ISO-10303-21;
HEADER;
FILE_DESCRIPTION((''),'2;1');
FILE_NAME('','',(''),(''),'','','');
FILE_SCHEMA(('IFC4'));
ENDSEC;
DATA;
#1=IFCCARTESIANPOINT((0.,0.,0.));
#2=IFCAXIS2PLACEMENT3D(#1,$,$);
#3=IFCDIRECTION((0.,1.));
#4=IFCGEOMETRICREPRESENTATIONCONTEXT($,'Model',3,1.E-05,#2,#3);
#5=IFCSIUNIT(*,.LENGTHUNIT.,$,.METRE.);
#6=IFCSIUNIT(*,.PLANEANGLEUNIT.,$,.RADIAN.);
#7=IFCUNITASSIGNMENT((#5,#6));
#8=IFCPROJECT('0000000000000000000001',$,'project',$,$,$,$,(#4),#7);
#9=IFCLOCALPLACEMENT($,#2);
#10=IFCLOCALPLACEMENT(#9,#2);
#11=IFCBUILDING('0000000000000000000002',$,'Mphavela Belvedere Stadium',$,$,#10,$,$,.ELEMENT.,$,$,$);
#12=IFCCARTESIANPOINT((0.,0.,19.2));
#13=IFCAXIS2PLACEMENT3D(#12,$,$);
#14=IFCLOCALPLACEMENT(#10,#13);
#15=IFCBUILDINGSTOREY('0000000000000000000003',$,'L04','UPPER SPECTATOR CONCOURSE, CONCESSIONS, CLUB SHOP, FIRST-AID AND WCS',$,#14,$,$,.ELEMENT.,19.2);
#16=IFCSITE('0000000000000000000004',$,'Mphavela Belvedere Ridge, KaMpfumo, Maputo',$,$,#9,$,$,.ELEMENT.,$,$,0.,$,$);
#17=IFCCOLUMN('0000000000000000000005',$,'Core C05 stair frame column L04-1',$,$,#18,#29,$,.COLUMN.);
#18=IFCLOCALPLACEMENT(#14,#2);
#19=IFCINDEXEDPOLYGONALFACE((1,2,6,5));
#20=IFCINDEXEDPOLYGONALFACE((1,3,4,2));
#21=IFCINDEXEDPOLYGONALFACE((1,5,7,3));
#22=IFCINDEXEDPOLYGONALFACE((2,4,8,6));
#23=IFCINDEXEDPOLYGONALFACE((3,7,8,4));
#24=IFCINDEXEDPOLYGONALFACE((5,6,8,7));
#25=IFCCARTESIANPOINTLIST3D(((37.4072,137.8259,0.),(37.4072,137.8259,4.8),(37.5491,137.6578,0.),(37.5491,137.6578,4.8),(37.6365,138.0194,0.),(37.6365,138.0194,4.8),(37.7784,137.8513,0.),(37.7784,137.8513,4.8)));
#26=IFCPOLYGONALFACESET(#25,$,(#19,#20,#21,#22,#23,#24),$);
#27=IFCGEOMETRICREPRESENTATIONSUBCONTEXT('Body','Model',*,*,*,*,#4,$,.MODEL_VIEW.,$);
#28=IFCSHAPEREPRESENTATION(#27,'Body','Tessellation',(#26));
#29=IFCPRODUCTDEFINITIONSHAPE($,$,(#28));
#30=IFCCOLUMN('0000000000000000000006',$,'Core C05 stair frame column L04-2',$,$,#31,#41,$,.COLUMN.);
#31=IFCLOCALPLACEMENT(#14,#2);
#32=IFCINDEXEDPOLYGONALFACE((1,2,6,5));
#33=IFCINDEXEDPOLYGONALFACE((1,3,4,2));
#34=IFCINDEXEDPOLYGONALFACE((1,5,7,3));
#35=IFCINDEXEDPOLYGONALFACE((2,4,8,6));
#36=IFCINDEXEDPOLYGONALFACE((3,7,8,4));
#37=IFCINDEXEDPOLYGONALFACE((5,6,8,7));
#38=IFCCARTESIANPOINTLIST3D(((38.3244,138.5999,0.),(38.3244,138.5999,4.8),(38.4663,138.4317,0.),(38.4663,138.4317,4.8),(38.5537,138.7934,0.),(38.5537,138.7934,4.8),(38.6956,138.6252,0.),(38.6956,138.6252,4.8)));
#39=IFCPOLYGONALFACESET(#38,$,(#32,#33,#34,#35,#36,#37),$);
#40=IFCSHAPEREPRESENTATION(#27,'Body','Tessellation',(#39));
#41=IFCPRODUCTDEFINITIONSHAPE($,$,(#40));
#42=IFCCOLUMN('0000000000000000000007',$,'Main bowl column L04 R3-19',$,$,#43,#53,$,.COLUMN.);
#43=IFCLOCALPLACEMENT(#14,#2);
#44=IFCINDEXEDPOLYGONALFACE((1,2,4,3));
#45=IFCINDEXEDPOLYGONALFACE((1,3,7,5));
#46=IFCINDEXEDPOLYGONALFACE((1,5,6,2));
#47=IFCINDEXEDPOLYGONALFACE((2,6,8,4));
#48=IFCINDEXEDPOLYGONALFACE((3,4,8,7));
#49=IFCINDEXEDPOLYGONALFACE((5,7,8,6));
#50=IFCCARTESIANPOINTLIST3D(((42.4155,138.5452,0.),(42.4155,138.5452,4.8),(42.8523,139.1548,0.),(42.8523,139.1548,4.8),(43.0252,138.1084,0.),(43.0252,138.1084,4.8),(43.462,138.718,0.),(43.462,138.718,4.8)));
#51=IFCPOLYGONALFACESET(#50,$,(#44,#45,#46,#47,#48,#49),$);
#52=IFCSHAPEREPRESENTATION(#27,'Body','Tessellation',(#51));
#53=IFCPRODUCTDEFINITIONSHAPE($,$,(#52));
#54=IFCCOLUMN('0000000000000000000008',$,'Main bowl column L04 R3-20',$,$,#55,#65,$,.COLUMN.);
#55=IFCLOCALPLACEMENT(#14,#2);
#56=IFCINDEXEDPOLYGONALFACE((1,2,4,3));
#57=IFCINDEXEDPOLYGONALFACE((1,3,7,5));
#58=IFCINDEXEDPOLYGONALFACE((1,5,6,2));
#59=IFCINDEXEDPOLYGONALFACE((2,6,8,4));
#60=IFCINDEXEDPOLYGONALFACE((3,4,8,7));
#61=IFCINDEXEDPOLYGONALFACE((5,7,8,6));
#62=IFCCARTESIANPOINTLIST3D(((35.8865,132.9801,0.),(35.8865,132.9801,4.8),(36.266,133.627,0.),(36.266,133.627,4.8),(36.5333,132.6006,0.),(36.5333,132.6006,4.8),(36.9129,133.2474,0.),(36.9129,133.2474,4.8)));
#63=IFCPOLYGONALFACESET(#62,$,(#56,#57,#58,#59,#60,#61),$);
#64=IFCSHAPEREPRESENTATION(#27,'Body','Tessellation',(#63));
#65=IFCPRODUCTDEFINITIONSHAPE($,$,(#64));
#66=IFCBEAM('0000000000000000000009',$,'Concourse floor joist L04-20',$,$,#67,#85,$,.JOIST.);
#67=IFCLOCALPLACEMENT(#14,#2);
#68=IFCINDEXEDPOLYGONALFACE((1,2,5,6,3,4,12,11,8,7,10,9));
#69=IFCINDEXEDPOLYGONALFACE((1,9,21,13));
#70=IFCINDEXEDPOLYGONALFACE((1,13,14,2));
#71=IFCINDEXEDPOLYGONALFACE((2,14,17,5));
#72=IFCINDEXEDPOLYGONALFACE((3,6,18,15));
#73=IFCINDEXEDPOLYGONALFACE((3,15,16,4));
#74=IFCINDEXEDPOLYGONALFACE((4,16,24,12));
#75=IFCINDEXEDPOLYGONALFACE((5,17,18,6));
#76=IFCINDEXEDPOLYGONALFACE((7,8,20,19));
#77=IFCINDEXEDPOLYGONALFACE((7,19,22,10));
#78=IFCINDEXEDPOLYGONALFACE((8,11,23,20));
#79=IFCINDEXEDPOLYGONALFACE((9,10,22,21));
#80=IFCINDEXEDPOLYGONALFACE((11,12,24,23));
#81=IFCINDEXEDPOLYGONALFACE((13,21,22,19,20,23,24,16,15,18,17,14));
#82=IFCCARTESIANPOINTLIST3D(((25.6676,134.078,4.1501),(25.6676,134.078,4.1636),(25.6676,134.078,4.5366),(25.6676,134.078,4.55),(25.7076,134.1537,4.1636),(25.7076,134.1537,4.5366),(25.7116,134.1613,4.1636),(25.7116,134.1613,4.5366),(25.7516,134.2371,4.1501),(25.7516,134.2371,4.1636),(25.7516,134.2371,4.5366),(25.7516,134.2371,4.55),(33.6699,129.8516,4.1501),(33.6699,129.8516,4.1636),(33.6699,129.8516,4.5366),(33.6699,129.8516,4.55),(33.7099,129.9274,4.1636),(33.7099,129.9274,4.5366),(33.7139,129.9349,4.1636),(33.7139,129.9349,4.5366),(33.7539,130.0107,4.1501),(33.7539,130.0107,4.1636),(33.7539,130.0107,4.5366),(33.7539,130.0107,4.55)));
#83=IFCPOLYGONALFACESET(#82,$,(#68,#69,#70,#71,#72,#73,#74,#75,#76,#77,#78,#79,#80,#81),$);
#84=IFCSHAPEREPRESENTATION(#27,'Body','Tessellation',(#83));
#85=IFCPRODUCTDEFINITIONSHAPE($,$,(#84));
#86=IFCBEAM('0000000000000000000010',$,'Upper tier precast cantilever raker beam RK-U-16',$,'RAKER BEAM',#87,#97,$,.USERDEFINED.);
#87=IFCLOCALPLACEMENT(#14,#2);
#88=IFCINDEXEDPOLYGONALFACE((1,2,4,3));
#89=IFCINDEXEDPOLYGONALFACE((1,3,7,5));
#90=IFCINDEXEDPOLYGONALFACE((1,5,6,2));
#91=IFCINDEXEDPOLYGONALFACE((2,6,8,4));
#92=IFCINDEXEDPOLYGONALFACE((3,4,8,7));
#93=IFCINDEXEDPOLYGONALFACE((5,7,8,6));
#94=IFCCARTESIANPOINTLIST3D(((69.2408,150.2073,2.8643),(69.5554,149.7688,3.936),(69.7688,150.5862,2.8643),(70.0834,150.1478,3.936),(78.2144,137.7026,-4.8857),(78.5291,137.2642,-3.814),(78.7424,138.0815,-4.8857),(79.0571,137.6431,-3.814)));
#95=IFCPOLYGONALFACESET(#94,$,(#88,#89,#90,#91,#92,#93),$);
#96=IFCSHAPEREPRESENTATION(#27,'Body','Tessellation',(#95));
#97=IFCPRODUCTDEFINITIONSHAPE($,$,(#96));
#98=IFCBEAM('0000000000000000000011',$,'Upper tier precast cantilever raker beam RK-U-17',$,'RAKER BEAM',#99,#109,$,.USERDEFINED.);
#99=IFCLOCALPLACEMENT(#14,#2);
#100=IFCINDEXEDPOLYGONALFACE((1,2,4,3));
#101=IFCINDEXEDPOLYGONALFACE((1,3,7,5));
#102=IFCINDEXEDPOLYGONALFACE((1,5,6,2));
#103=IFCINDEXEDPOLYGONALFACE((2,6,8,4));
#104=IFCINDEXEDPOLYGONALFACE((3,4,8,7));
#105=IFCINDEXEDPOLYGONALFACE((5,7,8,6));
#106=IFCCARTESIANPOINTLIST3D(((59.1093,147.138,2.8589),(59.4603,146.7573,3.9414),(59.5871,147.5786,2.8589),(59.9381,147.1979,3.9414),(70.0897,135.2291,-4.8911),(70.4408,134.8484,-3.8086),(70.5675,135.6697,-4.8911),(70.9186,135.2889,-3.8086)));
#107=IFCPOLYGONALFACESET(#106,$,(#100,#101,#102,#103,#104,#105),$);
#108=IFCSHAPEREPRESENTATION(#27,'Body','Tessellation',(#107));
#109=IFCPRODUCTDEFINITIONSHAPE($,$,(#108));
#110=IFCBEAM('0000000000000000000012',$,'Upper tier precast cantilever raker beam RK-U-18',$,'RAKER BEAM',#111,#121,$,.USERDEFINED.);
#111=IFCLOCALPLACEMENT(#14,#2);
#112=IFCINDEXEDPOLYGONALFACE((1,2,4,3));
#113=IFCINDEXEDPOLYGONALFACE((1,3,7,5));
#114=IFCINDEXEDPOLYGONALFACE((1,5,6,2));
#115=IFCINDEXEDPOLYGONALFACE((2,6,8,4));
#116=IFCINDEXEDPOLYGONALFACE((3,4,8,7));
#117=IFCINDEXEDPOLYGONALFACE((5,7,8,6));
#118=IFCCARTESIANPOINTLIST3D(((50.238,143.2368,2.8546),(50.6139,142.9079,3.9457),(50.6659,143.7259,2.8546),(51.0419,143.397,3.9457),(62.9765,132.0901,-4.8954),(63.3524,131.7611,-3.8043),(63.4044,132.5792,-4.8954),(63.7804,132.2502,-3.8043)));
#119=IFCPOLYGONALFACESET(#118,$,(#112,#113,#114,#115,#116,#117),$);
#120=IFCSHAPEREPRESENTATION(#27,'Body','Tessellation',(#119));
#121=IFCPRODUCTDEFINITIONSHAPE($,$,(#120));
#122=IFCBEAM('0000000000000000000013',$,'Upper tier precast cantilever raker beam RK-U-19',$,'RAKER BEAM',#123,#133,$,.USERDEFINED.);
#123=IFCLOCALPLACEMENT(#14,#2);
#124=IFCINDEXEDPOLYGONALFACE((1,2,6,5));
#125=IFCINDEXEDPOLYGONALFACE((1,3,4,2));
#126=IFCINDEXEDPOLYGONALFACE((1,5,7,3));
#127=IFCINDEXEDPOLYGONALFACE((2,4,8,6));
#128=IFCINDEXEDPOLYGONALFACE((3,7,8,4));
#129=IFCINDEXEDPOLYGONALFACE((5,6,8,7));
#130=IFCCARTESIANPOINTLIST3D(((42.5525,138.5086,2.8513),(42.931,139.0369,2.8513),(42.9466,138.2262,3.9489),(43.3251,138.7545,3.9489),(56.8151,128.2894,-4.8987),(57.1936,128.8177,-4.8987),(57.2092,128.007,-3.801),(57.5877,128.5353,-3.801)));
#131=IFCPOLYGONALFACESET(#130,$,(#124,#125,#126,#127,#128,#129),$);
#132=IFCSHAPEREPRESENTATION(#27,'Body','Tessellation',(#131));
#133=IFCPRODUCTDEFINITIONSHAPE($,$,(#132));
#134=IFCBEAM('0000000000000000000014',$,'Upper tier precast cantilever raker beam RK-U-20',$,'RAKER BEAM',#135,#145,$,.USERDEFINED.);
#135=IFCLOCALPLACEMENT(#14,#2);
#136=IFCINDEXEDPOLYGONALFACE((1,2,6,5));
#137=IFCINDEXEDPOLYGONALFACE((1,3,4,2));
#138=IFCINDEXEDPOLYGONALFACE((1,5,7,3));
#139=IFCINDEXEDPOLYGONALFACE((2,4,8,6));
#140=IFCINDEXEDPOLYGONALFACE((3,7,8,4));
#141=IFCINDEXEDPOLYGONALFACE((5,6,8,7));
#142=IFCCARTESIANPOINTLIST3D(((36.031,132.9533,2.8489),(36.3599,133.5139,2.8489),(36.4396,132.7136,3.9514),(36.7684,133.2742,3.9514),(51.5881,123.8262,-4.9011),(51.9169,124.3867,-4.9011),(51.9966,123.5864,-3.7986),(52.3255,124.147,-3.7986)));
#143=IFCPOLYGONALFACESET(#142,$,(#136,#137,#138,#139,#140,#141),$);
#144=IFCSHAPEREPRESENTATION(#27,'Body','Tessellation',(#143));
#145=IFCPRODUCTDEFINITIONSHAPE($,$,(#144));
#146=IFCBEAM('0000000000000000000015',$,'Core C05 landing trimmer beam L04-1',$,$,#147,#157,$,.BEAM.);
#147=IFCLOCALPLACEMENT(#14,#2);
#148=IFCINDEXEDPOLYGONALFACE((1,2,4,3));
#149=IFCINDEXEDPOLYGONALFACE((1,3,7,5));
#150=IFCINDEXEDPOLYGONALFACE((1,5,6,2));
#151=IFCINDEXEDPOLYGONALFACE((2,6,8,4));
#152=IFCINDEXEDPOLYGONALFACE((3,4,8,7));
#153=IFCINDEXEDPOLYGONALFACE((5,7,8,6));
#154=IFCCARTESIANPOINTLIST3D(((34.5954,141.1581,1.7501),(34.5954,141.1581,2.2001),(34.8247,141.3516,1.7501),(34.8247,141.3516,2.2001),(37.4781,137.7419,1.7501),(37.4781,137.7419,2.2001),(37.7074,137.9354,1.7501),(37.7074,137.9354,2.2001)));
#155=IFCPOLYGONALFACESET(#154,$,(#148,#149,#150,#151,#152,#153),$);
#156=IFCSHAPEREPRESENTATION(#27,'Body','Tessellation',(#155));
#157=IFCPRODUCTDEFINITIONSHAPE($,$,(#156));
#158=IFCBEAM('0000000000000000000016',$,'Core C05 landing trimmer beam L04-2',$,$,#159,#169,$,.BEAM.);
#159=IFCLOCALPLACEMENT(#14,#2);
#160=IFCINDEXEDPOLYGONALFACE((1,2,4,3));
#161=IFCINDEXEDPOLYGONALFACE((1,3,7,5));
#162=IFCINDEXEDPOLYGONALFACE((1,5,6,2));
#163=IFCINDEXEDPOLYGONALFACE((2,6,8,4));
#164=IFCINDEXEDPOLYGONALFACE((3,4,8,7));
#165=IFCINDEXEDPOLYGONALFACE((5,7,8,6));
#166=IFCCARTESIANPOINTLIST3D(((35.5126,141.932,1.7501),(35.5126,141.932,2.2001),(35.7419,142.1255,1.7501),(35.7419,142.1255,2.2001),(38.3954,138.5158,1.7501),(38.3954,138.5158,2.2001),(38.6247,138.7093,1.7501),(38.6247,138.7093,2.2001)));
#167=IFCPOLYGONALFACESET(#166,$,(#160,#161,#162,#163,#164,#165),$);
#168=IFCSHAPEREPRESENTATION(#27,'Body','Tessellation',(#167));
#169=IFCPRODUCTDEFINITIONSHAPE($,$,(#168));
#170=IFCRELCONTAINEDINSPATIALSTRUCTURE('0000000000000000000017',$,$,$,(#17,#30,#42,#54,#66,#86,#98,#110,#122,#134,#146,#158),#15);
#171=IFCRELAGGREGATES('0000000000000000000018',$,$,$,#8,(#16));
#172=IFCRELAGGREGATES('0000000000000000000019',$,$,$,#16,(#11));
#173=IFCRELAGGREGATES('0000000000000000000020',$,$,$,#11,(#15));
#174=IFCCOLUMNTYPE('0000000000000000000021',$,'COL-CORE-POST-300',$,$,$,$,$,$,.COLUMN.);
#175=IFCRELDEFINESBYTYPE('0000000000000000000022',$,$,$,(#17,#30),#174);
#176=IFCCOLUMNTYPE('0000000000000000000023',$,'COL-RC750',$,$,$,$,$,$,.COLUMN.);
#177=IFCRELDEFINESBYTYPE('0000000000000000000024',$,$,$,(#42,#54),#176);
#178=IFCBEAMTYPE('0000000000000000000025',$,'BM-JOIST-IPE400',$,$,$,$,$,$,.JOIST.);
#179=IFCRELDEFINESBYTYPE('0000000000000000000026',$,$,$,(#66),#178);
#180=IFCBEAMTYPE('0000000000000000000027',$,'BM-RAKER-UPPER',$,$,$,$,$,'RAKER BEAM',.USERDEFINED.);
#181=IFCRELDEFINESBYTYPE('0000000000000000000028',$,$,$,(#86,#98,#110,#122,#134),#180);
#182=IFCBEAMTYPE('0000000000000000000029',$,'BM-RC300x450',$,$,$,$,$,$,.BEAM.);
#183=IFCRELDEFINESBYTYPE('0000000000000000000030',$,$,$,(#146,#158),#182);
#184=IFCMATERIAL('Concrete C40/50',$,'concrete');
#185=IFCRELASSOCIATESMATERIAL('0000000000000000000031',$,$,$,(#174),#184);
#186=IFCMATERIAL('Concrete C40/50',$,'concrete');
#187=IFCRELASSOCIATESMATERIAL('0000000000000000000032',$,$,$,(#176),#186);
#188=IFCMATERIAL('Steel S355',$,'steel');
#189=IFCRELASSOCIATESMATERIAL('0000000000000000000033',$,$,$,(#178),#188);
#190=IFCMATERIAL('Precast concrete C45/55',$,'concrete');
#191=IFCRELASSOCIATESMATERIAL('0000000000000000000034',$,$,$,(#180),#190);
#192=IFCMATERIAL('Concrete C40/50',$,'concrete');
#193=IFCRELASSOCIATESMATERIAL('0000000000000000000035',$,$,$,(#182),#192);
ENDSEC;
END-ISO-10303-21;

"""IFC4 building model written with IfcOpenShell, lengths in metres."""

from ifc_helpers import new_model, si_unit, direction, frame, origin, origin_2d, place, context, subcontext, project, spatial, rectangle, i_section, extrude, material, material_profile, profile_set, type_object, element, save


model = new_model("IFC4")

# Units and contexts
model_context = context("Model", 3, precision=1e-05, world=origin(), true_north=direction((0.0, 1.0)))
body_context = subcontext(model_context, "Body", "Model", "MODEL_VIEW")
ifc_project = project(units=[si_unit("LENGTHUNIT", "METRE"), si_unit("PLANEANGLEUNIT", "RADIAN")], contexts=[model_context])

# Site, building, storey
site_placement = place(None, origin())
site = spatial("IfcSite", under=ifc_project, at=site_placement, Name="Mphavela Belvedere Ridge, KaMpfumo, Maputo", CompositionType="ELEMENT", RefElevation=0.0)
building_placement = place(site_placement, origin())
building = spatial("IfcBuilding", under=site, at=building_placement, Name="Mphavela Belvedere Stadium", CompositionType="ELEMENT")
storey_placement = place(building_placement, frame((0.0, 0.0, 19.2)))
storey = spatial("IfcBuildingStorey", under=building, at=storey_placement, Name="L04", Description="UPPER SPECTATOR CONCOURSE, CONCESSIONS, CLUB SHOP, FIRST-AID AND WCS", CompositionType="ELEMENT", Elevation=19.2)

# Columns
ifc_material_1 = material(Name="Concrete C40/50", Category="concrete")
ifc_material_profile_1 = material_profile(ifc_material_1, rectangle(XDim=0.3, YDim=0.22, at=origin_2d()), Name="RC 300x220")
ifc_profile_set_1 = profile_set([ifc_material_profile_1], Name="Concrete C40/50")
column_type_1 = type_object("IfcColumnType", Name="COL-CORE-POST-300", PredefinedType="COLUMN", material=ifc_profile_set_1)
for number, where, z_axis, x_axis, name in (
    (1, (37.5928, 137.8386, 0.0), (0.0, 0.0, 1.0), (0.764246, 0.644924, 0.0), "Core C05 stair frame column L04-1"),
    (2, (38.51, 138.6125, 0.0), (0.0, 0.0, 1.0), (0.764246, 0.644924, 0.0), "Core C05 stair frame column L04-2"),
):
    element("IfcColumn", number, at=place(storey_placement, frame(where, z_axis=z_axis, x_axis=x_axis)), inside=storey, type_object=column_type_1, Name=name, PredefinedType="COLUMN", context=body_context, shape_type="SweptSolid", body=[
        extrude(rectangle(XDim=0.3, YDim=0.22, at=origin_2d()), origin(), (0.0, 0.0, 1.0), 4.8),
    ])
ifc_material_2 = material(Name="Concrete C40/50", Category="concrete")
ifc_material_profile_2 = material_profile(ifc_material_2, rectangle(XDim=0.75, YDim=0.75, at=origin_2d()), Name="RC 750x750")
ifc_profile_set_2 = profile_set([ifc_material_profile_2], Name="Concrete C40/50")
column_type_2 = type_object("IfcColumnType", Name="COL-RC750", PredefinedType="COLUMN", material=ifc_profile_set_2)
for number, where, z_axis, x_axis, name in (
    (3, (42.9387, 138.6316, 0.0), (0.0, 0.0, 1.0), (-0.812898, 0.582407, 0.0), "Main bowl column L04 R3-19"),
    (4, (36.3997, 133.1138, 0.0), (0.0, 0.0, 1.0), (-0.862514, 0.506034, 0.0), "Main bowl column L04 R3-20"),
):
    element("IfcColumn", number, at=place(storey_placement, frame(where, z_axis=z_axis, x_axis=x_axis)), inside=storey, type_object=column_type_2, Name=name, PredefinedType="COLUMN", context=body_context, shape_type="SweptSolid", body=[
        extrude(rectangle(XDim=0.75, YDim=0.75, at=origin_2d()), origin(), (0.0, 0.0, 1.0), 4.8),
    ])

# Beams
ifc_material_3 = material(Name="Steel S355", Category="steel")
ifc_material_profile_3 = material_profile(ifc_material_3, i_section(OverallWidth=0.1799, OverallDepth=0.3999, WebThickness=0.0085, FlangeThickness=0.0134, at=origin_2d()), Name="IPE 400")
ifc_profile_set_3 = profile_set([ifc_material_profile_3], Name="Steel S355")
beam_type_1 = type_object("IfcBeamType", Name="BM-JOIST-IPE400", PredefinedType="JOIST", material=ifc_profile_set_3)
beam_1_placement = place(storey_placement, frame((33.7119, 129.9312, 4.3501), z_axis=(-0.884251, 0.467012, 0.0), x_axis=(-0.467012, -0.884251, 0.0)))
element("IfcBeam", 5, at=beam_1_placement, inside=storey, type_object=beam_type_1, Name="Concourse floor joist L04-20", PredefinedType="JOIST", context=body_context, shape_type="SweptSolid", body=[
    extrude(i_section(OverallWidth=0.1799, OverallDepth=0.3999, WebThickness=0.0085, FlangeThickness=0.0134, at=origin_2d()), origin(), (0.0, 0.0, 1.0), 9.0498),
])
ifc_material_4 = material(Name="Precast concrete C45/55", Category="concrete")
ifc_material_profile_4 = material_profile(ifc_material_4, rectangle(XDim=0.6499, YDim=1.2, at=origin_2d()), Name="PC 650x1200")
ifc_profile_set_4 = profile_set([ifc_material_profile_4], Name="Precast concrete C45/55")
beam_type_2 = type_object("IfcBeamType", Name="BM-RAKER-UPPER", ElementType="RAKER BEAM", PredefinedType="USERDEFINED", material=ifc_profile_set_4)
beam_2_placement = place(storey_placement, frame((78.6357, 137.6729, -4.3499), z_axis=(-0.520743, 0.725648, 0.449735), x_axis=(-0.812449, -0.583033, 0.0)))
element("IfcBeam", 6, at=beam_2_placement, inside=storey, type_object=beam_type_2, Name="Upper tier precast cantilever raker beam RK-U-16", ObjectType="RAKER BEAM", PredefinedType="USERDEFINED", context=body_context, shape_type="SweptSolid", body=[
    extrude(rectangle(XDim=0.6499, YDim=1.2, at=origin_2d()), origin(), (0.0, 0.0, 1.0), 17.2324),
])
beam_3_placement = place(storey_placement, frame((70.5042, 135.259, -4.3499), z_axis=(-0.611485, 0.66319, 0.431585), x_axis=(-0.735185, -0.677867, 0.0)))
element("IfcBeam", 7, at=beam_3_placement, inside=storey, type_object=beam_type_2, Name="Upper tier precast cantilever raker beam RK-U-17", ObjectType="RAKER BEAM", PredefinedType="USERDEFINED", context=body_context, shape_type="SweptSolid", body=[
    extrude(rectangle(XDim=0.6499, YDim=1.2, at=origin_2d()), origin(), (0.0, 0.0, 1.0), 17.957),
])
beam_4_placement = place(storey_placement, frame((63.3784, 132.1702, -4.3499), z_axis=(-0.684252, 0.598748, 0.416293), x_axis=(-0.658522, -0.752562, 0.0)))
element("IfcBeam", 8, at=beam_4_placement, inside=storey, type_object=beam_type_2, Name="Upper tier precast cantilever raker beam RK-U-18", ObjectType="RAKER BEAM", PredefinedType="USERDEFINED", context=body_context, shape_type="SweptSolid", body=[
    extrude(rectangle(XDim=0.6499, YDim=1.2, at=origin_2d()), origin(), (0.0, 0.0, 1.0), 18.6167),
])
beam_5_placement = place(storey_placement, frame((57.2014, 128.4124, -4.3499), z_axis=(-0.743575, 0.532773, 0.404041), x_axis=(-0.58243, -0.812881, 0.0)))
element("IfcBeam", 9, at=beam_5_placement, inside=storey, type_object=beam_type_2, Name="Upper tier precast cantilever raker beam RK-U-19", ObjectType="RAKER BEAM", PredefinedType="USERDEFINED", context=body_context, shape_type="SweptSolid", body=[
    extrude(rectangle(XDim=0.6499, YDim=1.2, at=origin_2d()), origin(), (0.0, 0.0, 1.0), 19.1812),
])
beam_6_placement = place(storey_placement, frame((51.9568, 123.9866, -4.3499), z_axis=(-0.792461, 0.464928, 0.394775), x_axis=(-0.506029, -0.862516, 0.0)))
element("IfcBeam", 10, at=beam_6_placement, inside=storey, type_object=beam_type_2, Name="Upper tier precast cantilever raker beam RK-U-20", ObjectType="RAKER BEAM", PredefinedType="USERDEFINED", context=body_context, shape_type="SweptSolid", body=[
    extrude(rectangle(XDim=0.6499, YDim=1.2, at=origin_2d()), origin(), (0.0, 0.0, 1.0), 19.6313),
])
ifc_material_5 = material(Name="Concrete C40/50", Category="concrete")
ifc_material_profile_5 = material_profile(ifc_material_5, rectangle(XDim=0.3, YDim=0.45, at=origin_2d()), Name="RC 300x450")
ifc_profile_set_5 = profile_set([ifc_material_profile_5], Name="Concrete C40/50")
beam_type_3 = type_object("IfcBeamType", Name="BM-RC300x450", PredefinedType="BEAM", material=ifc_profile_set_5)
for number, where, z_axis, x_axis, name in (
    (11, (37.5928, 137.8386, 1.9751), (-0.644916, 0.764254, 0.0), (-0.764254, -0.644916, 0.0), "Core C05 landing trimmer beam L04-1"),
    (12, (38.51, 138.6125, 1.9751), (-0.644916, 0.764254, 0.0), (-0.764254, -0.644916, 0.0), "Core C05 landing trimmer beam L04-2"),
):
    element("IfcBeam", number, at=place(storey_placement, frame(where, z_axis=z_axis, x_axis=x_axis)), inside=storey, type_object=beam_type_3, Name=name, PredefinedType="BEAM", context=body_context, shape_type="SweptSolid", body=[
        extrude(rectangle(XDim=0.3, YDim=0.45, at=origin_2d()), origin(), (0.0, 0.0, 1.0), 4.47),
    ])

save(model, "model.ifc")
